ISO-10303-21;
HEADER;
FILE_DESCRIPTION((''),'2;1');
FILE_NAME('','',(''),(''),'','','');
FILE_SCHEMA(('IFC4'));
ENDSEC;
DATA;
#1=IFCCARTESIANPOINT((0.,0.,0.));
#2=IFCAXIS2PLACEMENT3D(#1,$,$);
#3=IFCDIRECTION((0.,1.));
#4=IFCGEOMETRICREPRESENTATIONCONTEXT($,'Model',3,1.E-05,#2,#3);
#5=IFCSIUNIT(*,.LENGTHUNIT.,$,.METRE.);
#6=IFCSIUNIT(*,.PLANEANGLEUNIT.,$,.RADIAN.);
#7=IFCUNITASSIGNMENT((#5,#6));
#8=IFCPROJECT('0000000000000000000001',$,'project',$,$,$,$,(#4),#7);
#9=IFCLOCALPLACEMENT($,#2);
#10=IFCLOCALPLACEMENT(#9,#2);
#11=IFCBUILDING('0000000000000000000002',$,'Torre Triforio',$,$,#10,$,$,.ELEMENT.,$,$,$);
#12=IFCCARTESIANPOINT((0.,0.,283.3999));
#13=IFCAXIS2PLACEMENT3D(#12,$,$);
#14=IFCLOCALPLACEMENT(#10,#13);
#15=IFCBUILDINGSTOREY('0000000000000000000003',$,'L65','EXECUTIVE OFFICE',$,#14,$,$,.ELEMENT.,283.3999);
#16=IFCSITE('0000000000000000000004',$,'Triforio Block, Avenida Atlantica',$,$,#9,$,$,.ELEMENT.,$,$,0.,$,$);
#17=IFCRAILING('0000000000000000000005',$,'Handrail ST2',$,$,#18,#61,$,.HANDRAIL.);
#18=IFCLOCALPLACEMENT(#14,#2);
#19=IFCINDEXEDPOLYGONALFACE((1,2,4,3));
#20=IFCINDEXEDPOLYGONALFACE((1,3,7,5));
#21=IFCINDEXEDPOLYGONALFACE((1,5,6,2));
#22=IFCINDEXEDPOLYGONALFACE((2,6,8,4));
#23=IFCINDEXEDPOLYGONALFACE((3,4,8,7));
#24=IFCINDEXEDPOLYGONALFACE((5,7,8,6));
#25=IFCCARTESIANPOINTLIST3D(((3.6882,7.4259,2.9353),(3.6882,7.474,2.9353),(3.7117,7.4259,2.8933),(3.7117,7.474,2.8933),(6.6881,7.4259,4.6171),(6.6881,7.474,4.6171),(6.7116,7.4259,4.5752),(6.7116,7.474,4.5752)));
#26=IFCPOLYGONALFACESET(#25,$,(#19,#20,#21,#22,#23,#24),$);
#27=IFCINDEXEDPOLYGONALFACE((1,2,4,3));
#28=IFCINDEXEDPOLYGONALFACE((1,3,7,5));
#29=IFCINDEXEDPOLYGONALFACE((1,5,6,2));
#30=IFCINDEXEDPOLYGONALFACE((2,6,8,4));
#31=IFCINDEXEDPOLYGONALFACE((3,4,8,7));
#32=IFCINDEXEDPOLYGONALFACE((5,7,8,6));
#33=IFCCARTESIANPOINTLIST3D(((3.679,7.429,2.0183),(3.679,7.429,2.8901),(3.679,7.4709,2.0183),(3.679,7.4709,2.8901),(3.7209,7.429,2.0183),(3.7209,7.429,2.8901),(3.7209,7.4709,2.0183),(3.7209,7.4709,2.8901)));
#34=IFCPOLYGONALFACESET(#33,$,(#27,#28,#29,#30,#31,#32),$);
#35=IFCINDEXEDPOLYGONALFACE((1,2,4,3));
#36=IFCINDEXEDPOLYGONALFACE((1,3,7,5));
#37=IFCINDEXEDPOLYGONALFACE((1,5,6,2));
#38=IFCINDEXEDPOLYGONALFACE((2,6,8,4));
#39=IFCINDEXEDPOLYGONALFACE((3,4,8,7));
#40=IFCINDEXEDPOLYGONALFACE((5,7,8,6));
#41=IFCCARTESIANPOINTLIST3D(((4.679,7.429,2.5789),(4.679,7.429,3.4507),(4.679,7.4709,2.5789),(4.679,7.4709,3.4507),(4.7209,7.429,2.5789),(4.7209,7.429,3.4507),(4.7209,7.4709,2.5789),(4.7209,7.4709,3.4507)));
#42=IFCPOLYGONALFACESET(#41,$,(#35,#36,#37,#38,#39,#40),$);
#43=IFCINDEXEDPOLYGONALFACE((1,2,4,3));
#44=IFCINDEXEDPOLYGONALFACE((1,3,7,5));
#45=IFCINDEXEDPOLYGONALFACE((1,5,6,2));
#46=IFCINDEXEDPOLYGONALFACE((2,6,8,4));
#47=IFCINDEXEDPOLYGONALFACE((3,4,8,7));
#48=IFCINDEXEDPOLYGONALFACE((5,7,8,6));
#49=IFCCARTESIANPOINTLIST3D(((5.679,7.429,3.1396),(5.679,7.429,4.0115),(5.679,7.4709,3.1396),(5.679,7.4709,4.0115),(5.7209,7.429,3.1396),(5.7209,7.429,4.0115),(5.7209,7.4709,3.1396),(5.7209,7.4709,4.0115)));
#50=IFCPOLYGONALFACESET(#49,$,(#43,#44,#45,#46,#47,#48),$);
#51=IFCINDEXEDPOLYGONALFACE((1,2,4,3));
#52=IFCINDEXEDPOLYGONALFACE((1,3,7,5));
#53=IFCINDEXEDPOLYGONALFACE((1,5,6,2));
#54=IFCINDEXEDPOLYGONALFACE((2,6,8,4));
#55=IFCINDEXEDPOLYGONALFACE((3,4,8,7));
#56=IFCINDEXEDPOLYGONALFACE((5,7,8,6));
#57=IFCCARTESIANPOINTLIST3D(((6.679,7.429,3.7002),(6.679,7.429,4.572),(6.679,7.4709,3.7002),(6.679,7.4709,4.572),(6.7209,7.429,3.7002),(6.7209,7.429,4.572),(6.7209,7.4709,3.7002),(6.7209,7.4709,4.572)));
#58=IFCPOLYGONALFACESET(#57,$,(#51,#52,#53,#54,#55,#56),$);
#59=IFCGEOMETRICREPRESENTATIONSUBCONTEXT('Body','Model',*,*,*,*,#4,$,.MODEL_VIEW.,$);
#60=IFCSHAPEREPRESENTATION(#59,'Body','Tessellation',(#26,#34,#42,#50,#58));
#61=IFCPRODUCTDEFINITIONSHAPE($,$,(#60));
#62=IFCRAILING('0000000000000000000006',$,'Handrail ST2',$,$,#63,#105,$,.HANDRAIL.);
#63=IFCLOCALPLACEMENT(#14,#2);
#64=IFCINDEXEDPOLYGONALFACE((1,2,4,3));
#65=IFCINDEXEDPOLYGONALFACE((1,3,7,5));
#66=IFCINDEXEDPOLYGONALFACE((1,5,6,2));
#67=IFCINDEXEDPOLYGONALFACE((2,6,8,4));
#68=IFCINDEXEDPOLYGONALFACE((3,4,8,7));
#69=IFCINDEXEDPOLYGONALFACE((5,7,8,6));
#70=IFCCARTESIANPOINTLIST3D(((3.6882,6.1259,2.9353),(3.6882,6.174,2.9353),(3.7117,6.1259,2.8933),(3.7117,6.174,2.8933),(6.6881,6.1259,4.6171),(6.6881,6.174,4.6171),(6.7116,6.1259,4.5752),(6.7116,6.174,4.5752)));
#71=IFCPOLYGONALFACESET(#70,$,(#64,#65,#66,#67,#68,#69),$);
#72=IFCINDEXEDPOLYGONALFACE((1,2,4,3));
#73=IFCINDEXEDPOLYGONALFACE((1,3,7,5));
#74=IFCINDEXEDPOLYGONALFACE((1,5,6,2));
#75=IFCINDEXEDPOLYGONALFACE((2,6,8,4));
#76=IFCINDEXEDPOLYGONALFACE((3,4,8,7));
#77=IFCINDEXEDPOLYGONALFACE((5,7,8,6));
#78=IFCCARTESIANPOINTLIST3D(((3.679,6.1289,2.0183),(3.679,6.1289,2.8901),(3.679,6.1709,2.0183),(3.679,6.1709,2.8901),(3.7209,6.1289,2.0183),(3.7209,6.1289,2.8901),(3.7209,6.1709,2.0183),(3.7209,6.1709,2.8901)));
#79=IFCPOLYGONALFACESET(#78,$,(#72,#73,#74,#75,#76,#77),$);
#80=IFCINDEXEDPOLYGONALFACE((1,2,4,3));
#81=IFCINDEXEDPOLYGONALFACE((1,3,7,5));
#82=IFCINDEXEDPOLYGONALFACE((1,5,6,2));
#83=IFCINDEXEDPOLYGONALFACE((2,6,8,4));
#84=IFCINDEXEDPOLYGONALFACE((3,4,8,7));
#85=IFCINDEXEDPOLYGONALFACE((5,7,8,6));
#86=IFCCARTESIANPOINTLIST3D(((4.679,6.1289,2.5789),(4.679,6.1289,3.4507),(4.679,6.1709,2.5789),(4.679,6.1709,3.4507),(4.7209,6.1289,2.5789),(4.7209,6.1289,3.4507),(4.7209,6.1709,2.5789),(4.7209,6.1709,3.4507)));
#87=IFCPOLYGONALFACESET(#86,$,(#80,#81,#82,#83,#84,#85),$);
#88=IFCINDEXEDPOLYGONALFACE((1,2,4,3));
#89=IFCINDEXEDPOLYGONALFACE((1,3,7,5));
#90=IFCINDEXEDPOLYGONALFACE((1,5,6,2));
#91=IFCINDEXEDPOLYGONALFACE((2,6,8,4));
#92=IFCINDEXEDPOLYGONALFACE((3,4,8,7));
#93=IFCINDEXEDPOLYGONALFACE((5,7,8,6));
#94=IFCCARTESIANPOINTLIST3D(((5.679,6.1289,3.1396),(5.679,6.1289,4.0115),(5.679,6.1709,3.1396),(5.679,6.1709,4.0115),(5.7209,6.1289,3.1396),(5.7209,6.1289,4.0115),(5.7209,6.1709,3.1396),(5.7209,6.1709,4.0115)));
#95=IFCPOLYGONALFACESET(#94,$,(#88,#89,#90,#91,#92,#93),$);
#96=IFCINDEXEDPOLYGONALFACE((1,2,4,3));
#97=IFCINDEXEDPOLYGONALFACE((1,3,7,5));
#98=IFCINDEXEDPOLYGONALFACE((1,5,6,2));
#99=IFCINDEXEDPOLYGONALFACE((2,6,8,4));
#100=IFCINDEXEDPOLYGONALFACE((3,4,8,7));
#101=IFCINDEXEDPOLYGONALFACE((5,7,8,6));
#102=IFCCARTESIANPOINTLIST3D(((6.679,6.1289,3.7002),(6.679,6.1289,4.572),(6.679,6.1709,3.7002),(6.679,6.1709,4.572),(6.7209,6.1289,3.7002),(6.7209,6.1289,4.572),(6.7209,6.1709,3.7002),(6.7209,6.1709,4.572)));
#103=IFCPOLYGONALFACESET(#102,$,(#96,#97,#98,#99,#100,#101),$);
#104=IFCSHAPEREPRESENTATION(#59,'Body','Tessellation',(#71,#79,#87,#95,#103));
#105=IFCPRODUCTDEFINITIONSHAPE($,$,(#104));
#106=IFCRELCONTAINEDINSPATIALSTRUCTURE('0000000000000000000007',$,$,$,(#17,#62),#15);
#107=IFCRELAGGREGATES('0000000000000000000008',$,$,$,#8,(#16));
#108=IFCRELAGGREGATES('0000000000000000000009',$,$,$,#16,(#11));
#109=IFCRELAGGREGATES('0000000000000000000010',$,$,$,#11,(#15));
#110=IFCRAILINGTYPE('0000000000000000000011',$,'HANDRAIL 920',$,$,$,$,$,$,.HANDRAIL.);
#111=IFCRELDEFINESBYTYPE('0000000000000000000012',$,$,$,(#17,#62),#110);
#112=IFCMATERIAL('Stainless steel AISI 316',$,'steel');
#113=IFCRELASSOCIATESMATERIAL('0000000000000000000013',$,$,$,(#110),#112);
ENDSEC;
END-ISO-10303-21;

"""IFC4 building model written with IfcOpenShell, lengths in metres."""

from ifc_helpers import new_model, si_unit, direction, frame, origin, origin_2d, place, context, subcontext, project, spatial, rectangle, extrude, material, type_object, element, save


model = new_model("IFC4")

# Units and contexts
model_context = context("Model", 3, precision=1e-05, world=origin(), true_north=direction((0.0, 1.0)))
body_context = subcontext(model_context, "Body", "Model", "MODEL_VIEW")
ifc_project = project(units=[si_unit("LENGTHUNIT", "METRE"), si_unit("PLANEANGLEUNIT", "RADIAN")], contexts=[model_context])

# Site, building, storey
site_placement = place(None, origin())
site = spatial("IfcSite", under=ifc_project, at=site_placement, Name="Triforio Block, Avenida Atlantica", CompositionType="ELEMENT", RefElevation=0.0)
building_placement = place(site_placement, origin())
building = spatial("IfcBuilding", under=site, at=building_placement, Name="Torre Triforio", CompositionType="ELEMENT")
storey_placement = place(building_placement, frame((0.0, 0.0, 283.3999)))
storey = spatial("IfcBuildingStorey", under=building, at=storey_placement, Name="L65", Description="EXECUTIVE OFFICE", CompositionType="ELEMENT", Elevation=283.3999)

# Railings
ifc_material_1 = material(Name="Stainless steel AISI 316", Category="steel")
railing_type = type_object("IfcRailingType", Name="HANDRAIL 920", PredefinedType="HANDRAIL", material=ifc_material_1)
for number, where, name in (
    (1, (3.7, 7.45, 2.0183), "Handrail ST2"),
    (2, (3.7, 6.1499, 2.0183), "Handrail ST2"),
):
    element("IfcRailing", number, at=place(storey_placement, frame(where)), inside=storey, type_object=railing_type, Name=name, PredefinedType="HANDRAIL", context=body_context, shape_type="SweptSolid", body=[
        extrude(rectangle(XDim=0.0481, YDim=0.0481, at=origin_2d()), frame((0.0, 0.0, 0.896), z_axis=(0.872272, 0.0, 0.48902), x_axis=(0.0, 1.0, 0.0)), (0.0, 0.0, 1.0), 3.4392),
        extrude(rectangle(XDim=0.042, YDim=0.042, at=origin_2d()), origin(), (0.0, 0.0, 1.0), 0.8718),
        extrude(rectangle(XDim=0.042, YDim=0.042, at=origin_2d()), frame((1.0, 0.0, 0.5605)), (0.0, 0.0, 1.0), 0.8718),
        extrude(rectangle(XDim=0.042, YDim=0.042, at=origin_2d()), frame((2.0, 0.0, 1.1213)), (0.0, 0.0, 1.0), 0.8718),
        extrude(rectangle(XDim=0.042, YDim=0.042, at=origin_2d()), frame((3.0, 0.0, 1.6819)), (0.0, 0.0, 1.0), 0.8718),
    ])

save(model, "model.ifc")
